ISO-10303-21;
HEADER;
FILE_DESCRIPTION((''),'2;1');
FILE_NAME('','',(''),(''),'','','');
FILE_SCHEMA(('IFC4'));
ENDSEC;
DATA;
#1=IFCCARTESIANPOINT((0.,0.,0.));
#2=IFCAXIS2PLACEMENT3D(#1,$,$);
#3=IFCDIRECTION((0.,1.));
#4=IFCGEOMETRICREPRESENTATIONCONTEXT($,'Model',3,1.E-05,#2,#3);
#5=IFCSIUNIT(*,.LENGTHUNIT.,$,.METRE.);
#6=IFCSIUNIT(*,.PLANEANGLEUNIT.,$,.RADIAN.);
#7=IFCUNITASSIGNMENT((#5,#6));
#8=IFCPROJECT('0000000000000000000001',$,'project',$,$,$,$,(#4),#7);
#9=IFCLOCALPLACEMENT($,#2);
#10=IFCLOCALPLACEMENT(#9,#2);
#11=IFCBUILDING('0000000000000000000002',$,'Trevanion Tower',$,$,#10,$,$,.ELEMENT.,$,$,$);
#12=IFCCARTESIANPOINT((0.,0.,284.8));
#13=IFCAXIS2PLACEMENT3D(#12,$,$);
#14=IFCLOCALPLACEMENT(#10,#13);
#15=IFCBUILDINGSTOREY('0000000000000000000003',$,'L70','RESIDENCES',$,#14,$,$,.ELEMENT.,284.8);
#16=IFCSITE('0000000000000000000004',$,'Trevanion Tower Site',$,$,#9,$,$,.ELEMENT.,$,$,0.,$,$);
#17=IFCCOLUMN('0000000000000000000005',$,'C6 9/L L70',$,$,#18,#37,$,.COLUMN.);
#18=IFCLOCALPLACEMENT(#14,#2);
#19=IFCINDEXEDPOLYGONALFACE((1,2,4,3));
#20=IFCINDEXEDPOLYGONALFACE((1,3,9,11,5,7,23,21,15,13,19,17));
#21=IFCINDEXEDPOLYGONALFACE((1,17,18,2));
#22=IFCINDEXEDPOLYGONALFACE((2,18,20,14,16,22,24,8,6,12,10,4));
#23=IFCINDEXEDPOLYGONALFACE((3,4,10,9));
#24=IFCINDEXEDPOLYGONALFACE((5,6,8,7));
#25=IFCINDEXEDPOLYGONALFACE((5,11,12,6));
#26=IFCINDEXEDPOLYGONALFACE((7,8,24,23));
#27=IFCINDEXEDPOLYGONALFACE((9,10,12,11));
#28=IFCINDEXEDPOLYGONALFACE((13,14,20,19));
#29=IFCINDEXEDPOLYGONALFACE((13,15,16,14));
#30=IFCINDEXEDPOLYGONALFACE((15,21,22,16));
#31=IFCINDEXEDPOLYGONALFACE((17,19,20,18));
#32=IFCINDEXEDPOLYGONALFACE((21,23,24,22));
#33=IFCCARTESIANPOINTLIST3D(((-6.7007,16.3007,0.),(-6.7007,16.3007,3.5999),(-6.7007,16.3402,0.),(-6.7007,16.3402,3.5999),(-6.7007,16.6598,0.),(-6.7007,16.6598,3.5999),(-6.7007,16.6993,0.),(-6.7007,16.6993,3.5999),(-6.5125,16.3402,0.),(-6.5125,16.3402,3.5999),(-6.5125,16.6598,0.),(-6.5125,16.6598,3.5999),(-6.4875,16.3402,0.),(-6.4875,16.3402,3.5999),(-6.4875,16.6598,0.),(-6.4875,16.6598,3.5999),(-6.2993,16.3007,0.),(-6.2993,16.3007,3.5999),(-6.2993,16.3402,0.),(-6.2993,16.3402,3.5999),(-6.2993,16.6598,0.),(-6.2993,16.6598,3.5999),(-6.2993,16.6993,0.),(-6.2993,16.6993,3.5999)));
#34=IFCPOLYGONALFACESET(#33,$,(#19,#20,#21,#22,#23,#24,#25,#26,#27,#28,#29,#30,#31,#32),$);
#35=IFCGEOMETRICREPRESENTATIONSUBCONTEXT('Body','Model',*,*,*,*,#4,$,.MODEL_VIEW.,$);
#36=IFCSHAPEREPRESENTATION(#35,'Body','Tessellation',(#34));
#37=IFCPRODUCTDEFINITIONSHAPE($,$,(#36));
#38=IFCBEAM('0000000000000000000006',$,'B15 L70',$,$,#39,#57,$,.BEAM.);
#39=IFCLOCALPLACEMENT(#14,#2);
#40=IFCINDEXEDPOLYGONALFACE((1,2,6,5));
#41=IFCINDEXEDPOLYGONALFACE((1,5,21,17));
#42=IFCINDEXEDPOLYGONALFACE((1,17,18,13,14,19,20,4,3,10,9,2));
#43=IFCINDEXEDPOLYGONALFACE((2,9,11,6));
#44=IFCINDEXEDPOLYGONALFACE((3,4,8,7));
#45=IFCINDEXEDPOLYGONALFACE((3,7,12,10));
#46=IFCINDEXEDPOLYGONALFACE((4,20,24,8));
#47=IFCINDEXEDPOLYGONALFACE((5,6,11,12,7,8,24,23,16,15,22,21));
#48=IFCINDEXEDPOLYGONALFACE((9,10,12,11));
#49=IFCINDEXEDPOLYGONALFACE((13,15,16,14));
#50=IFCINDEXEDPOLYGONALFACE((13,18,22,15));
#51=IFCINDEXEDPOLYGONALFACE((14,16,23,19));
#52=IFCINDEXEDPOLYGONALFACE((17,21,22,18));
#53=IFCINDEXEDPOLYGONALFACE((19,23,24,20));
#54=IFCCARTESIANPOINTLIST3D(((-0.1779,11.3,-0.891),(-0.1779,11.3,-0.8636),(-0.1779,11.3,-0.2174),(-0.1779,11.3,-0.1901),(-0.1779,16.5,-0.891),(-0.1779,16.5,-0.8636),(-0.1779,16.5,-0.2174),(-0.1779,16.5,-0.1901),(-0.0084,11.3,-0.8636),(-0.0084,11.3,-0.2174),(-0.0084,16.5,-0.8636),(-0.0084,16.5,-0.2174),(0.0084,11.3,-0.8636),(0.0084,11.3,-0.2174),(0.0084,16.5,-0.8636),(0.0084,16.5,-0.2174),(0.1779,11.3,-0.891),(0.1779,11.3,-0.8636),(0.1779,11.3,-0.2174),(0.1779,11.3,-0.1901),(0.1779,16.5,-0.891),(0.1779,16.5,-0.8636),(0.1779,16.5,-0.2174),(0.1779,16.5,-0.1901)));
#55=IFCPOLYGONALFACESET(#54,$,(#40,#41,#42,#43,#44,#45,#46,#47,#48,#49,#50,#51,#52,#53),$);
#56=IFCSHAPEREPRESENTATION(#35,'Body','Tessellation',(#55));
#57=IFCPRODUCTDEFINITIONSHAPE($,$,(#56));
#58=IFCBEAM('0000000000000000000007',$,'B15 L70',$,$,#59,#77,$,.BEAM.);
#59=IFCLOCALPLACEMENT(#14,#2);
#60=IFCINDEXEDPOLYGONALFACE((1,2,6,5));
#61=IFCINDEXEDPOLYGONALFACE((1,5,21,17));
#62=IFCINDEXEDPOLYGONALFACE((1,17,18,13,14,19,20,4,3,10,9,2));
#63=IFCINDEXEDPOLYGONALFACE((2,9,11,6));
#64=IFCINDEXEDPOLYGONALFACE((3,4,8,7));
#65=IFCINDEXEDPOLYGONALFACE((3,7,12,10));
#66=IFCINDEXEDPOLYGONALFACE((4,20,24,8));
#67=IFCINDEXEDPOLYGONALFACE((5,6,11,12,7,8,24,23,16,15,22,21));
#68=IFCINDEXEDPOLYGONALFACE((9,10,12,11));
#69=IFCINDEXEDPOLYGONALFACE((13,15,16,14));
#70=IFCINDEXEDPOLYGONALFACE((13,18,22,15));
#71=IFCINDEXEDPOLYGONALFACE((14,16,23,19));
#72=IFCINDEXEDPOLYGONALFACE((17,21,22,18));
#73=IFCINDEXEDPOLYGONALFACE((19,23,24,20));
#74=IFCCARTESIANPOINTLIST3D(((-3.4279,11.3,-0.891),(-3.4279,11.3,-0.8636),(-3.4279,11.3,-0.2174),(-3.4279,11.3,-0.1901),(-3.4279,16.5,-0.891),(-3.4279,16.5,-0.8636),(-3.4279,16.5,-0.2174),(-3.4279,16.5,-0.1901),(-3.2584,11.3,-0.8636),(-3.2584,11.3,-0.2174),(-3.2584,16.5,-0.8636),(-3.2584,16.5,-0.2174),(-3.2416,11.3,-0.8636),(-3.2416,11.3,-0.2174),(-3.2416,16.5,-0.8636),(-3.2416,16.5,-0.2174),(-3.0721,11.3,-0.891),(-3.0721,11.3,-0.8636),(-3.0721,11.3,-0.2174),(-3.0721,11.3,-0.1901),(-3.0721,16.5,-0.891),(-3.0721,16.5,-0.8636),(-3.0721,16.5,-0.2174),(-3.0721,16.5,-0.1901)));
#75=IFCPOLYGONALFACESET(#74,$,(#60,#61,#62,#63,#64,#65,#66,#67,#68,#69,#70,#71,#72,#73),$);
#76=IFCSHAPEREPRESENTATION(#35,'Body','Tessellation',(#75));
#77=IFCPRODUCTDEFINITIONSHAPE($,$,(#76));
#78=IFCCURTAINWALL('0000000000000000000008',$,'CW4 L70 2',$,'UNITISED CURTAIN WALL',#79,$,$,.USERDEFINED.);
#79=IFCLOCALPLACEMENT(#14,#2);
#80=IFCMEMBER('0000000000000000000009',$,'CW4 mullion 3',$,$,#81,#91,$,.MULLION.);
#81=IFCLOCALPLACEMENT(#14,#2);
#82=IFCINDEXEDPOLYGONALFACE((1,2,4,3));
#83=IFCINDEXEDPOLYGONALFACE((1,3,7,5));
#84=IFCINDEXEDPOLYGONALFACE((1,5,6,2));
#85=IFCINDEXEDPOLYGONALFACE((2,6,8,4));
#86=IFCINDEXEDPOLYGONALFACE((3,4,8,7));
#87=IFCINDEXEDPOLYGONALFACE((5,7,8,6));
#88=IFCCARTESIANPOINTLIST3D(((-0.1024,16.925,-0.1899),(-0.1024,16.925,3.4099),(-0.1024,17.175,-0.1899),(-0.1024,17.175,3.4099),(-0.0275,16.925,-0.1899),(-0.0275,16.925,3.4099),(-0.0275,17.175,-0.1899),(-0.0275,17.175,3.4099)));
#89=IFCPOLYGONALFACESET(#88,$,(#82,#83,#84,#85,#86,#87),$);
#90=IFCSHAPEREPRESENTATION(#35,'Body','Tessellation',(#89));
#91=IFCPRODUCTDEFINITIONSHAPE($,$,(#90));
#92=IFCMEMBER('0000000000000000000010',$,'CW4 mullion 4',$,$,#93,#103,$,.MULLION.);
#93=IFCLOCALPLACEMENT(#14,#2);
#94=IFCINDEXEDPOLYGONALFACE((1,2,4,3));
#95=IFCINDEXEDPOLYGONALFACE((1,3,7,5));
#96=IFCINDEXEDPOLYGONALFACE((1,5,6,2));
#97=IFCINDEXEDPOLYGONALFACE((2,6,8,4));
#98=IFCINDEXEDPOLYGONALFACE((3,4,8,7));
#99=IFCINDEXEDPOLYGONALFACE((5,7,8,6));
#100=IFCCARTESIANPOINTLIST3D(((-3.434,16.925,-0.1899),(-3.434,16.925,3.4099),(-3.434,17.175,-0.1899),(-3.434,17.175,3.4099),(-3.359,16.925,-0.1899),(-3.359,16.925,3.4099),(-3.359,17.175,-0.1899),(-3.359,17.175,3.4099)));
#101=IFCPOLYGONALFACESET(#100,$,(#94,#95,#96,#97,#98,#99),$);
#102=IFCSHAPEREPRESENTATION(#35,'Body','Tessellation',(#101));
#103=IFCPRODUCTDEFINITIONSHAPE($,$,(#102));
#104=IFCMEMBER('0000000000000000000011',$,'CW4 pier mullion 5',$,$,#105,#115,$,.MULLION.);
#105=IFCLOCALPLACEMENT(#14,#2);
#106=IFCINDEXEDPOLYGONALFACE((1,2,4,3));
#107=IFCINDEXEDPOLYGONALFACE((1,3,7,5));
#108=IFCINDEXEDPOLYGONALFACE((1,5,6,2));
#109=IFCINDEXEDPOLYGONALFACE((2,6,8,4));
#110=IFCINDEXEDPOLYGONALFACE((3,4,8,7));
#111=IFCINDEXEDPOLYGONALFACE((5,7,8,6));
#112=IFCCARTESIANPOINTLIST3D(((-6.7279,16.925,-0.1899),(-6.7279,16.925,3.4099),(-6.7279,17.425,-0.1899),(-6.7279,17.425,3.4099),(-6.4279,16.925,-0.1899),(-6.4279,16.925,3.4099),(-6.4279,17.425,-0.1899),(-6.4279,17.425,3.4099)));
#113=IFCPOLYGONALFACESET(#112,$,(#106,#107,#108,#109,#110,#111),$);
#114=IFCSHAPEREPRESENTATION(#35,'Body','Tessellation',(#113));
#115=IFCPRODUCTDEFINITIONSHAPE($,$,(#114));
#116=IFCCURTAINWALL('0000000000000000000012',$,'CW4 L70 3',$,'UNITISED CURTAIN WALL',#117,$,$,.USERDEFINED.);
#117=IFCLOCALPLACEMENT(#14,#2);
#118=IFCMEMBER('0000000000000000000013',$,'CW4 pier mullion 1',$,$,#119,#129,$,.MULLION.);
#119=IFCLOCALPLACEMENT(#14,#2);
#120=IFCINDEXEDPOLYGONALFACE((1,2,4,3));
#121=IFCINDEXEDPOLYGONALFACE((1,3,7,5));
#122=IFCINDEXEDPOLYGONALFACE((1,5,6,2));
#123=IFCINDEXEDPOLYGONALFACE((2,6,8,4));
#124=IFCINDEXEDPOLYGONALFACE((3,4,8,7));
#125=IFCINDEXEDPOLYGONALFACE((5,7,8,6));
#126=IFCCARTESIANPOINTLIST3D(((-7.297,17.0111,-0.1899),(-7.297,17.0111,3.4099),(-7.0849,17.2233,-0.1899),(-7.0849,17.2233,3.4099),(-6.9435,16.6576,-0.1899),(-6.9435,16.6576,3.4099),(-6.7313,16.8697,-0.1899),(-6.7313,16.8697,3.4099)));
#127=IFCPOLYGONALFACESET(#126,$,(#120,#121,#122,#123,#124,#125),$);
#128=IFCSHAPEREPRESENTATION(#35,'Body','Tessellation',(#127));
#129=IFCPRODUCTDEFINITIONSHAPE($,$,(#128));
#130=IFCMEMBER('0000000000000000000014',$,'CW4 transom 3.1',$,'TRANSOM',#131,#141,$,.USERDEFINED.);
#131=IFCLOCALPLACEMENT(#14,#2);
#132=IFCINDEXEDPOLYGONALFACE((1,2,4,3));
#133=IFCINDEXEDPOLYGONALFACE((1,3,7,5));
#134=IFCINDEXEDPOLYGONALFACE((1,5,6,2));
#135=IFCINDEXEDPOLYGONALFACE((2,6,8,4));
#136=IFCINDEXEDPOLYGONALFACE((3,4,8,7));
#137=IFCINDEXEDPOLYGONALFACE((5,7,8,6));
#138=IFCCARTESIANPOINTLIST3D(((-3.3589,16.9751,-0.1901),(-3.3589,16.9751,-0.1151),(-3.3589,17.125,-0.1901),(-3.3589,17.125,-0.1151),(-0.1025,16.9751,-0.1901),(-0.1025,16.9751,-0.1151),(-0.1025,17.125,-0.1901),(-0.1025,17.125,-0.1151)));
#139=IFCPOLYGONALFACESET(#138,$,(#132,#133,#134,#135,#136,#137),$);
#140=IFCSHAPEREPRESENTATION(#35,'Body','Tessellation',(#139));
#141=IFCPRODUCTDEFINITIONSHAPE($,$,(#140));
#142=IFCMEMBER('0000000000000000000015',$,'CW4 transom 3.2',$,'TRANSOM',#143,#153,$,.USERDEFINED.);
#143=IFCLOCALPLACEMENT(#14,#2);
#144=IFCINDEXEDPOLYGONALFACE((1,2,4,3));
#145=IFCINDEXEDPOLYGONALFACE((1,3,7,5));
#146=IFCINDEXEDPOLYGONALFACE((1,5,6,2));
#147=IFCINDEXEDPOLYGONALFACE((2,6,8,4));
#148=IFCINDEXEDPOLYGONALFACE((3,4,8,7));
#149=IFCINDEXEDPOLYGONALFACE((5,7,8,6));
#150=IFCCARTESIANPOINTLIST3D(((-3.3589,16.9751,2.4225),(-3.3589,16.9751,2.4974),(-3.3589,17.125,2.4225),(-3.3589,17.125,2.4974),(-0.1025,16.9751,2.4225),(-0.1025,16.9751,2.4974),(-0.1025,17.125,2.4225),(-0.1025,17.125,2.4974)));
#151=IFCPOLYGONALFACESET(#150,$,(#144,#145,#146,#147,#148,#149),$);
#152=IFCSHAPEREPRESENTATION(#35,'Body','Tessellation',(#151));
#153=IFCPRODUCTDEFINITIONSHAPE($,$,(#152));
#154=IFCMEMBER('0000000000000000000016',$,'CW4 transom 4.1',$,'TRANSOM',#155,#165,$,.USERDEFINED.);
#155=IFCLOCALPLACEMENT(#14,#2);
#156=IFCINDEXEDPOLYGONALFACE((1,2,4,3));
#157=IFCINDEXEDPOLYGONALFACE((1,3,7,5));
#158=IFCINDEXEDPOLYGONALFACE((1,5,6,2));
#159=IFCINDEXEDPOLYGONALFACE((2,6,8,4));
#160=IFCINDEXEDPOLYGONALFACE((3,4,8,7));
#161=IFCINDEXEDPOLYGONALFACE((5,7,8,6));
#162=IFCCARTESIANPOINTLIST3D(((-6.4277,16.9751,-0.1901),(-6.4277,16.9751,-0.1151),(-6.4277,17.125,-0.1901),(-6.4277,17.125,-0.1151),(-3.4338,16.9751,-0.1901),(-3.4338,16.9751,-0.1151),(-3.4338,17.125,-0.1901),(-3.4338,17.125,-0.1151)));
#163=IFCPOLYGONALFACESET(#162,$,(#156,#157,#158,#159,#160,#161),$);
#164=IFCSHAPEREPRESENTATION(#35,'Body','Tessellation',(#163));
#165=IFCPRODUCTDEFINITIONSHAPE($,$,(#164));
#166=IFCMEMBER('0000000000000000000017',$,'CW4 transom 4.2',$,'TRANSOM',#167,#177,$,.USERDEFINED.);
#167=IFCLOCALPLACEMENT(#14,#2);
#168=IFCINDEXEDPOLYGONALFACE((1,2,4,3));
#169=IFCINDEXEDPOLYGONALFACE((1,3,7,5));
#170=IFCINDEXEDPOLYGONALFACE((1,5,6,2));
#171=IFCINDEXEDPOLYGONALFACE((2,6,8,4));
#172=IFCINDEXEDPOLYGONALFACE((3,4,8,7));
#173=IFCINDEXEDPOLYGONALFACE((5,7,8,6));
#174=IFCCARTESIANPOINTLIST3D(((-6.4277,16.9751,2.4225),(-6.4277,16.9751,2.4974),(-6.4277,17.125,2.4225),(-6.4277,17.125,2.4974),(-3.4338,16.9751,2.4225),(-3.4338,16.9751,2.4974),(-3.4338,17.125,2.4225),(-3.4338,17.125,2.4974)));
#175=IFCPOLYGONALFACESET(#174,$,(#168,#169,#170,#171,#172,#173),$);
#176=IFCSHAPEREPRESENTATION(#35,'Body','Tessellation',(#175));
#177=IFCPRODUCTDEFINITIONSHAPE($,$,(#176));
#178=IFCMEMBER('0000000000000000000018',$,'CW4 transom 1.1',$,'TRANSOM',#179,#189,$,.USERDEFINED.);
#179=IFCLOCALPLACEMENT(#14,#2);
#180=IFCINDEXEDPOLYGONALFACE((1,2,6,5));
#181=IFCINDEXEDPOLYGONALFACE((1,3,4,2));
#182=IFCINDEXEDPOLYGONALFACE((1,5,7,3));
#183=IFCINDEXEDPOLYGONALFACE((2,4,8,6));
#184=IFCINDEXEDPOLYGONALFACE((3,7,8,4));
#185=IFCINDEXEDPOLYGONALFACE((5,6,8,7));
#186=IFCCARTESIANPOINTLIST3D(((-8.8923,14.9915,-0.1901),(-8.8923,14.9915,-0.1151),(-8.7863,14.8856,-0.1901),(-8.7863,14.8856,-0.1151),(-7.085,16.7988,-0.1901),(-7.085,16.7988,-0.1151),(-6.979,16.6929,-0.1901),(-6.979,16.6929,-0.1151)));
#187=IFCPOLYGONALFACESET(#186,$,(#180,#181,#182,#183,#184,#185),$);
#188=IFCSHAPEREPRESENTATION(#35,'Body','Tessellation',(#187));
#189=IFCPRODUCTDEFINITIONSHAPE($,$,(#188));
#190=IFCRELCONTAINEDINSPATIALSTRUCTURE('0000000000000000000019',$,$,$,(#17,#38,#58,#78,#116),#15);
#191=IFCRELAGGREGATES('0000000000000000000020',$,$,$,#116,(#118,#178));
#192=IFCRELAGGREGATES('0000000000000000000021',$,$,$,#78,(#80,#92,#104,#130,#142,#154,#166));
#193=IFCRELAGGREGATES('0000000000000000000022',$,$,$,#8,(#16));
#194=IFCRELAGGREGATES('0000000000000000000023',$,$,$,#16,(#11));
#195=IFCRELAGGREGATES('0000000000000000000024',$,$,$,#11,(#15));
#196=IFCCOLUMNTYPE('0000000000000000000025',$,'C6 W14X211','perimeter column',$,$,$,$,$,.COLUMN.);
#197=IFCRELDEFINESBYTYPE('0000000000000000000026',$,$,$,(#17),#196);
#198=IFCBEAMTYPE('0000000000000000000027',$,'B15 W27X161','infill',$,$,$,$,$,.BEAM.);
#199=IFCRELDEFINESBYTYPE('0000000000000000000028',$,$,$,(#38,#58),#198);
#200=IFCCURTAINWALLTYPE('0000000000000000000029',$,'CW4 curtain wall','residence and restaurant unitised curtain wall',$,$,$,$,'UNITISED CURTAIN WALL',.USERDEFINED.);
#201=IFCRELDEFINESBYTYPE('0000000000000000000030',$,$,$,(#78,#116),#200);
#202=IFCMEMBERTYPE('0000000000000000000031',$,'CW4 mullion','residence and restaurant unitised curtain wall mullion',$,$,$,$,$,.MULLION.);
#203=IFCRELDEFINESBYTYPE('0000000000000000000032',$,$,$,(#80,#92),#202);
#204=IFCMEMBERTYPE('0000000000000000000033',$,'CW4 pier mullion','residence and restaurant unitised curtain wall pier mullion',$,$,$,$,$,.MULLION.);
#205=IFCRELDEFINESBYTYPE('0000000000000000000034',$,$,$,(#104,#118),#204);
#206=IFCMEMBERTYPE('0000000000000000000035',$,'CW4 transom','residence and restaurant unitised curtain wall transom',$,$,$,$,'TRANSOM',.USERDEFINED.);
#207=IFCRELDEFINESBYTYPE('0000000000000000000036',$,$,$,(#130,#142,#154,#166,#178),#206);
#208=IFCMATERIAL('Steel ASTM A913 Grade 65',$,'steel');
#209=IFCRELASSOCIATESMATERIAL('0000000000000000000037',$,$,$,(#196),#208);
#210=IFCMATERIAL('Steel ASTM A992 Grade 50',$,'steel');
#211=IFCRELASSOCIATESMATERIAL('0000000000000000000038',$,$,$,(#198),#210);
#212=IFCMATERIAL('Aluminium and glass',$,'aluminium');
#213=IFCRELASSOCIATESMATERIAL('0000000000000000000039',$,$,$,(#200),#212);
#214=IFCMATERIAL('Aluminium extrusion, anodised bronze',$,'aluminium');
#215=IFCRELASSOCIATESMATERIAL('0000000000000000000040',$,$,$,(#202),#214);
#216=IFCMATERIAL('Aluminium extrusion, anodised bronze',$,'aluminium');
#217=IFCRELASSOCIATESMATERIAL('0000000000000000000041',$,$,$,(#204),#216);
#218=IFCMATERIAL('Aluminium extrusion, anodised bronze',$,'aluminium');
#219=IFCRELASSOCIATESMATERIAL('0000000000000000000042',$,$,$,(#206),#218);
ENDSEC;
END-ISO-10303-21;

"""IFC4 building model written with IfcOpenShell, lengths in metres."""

from ifc_helpers import new_model, si_unit, direction, frame, origin, origin_2d, place, context, subcontext, project, spatial, rectangle, i_section, extrude, material, material_profile, profile_set, type_object, element, aggregate, save


model = new_model("IFC4")

# Units and contexts
model_context = context("Model", 3, precision=1e-05, world=origin(), true_north=direction((0.0, 1.0)))
body_context = subcontext(model_context, "Body", "Model", "MODEL_VIEW")
ifc_project = project(units=[si_unit("LENGTHUNIT", "METRE"), si_unit("PLANEANGLEUNIT", "RADIAN")], contexts=[model_context])

# Site, building, storey
site_placement = place(None, origin())
site = spatial("IfcSite", under=ifc_project, at=site_placement, Name="Trevanion Tower Site", CompositionType="ELEMENT", RefElevation=0.0)
building_placement = place(site_placement, origin())
building = spatial("IfcBuilding", under=site, at=building_placement, Name="Trevanion Tower", CompositionType="ELEMENT")
storey_placement = place(building_placement, frame((0.0, 0.0, 284.8)))
storey = spatial("IfcBuildingStorey", under=building, at=storey_placement, Name="L70", Description="RESIDENCES", CompositionType="ELEMENT", Elevation=284.8)

# Column
ifc_material_1 = material(Name="Steel ASTM A913 Grade 65", Category="steel")
ifc_material_profile_1 = material_profile(ifc_material_1, i_section(OverallWidth=0.4014, OverallDepth=0.3987, WebThickness=0.0249, FlangeThickness=0.0396, at=origin_2d()), Name="W14X211")
ifc_profile_set_1 = profile_set([ifc_material_profile_1], Name="Steel ASTM A913 Grade 65")
column_type = type_object("IfcColumnType", Name="C6 W14X211", Description="perimeter column", PredefinedType="COLUMN", material=ifc_profile_set_1)
column_placement = place(storey_placement, frame((-6.5, 16.5, 0.0), z_axis=(0.0, 0.0, 1.0), x_axis=(1.0, 0.0, 0.0)))
element("IfcColumn", 1, at=column_placement, inside=storey, type_object=column_type, Name="C6 9/L L70", PredefinedType="COLUMN", context=body_context, shape_type="SweptSolid", body=[
    extrude(i_section(OverallWidth=0.4014, OverallDepth=0.3987, WebThickness=0.0249, FlangeThickness=0.0396, at=origin_2d()), origin(), (0.0, 0.0, 1.0), 3.5999),
])

# Beams
ifc_material_2 = material(Name="Steel ASTM A992 Grade 50", Category="steel")
ifc_material_profile_2 = material_profile(ifc_material_2, i_section(OverallWidth=0.3557, OverallDepth=0.7009, WebThickness=0.0168, FlangeThickness=0.0273, at=origin_2d()), Name="W27X161")
ifc_profile_set_2 = profile_set([ifc_material_profile_2], Name="Steel ASTM A992 Grade 50")
beam_type_1 = type_object("IfcBeamType", Name="B15 W27X161", Description="infill", PredefinedType="BEAM", material=ifc_profile_set_2)
for number, where, z_axis, x_axis, name in (
    (2, (0.0, 11.3, -0.5405), (0.0, 1.0, 0.0), (-1.0, 0.0, 0.0), "B15 L70"),
    (3, (-3.25, 11.3, -0.5405), (0.0, 1.0, 0.0), (-1.0, 0.0, 0.0), "B15 L70"),
):
    element("IfcBeam", number, at=place(storey_placement, frame(where, z_axis=z_axis, x_axis=x_axis)), inside=storey, type_object=beam_type_1, Name=name, PredefinedType="BEAM", context=body_context, shape_type="SweptSolid", body=[
        extrude(i_section(OverallWidth=0.3557, OverallDepth=0.7009, WebThickness=0.0168, FlangeThickness=0.0273, at=origin_2d()), origin(), (0.0, 0.0, 1.0), 5.2),
    ])

# Curtain wall, members
ifc_material_3 = material(Name="Aluminium and glass", Category="aluminium")
curtain_wall_type = type_object("IfcCurtainWallType", Name="CW4 curtain wall", Description="residence and restaurant unitised curtain wall", ElementType="UNITISED CURTAIN WALL", PredefinedType="USERDEFINED", material=ifc_material_3)
curtain_wall_1_placement = place(storey_placement, origin())
curtain_wall_1 = element("IfcCurtainWall", 4, at=curtain_wall_1_placement, inside=storey, type_object=curtain_wall_type, Name="CW4 L70 2", ObjectType="UNITISED CURTAIN WALL", PredefinedType="USERDEFINED")
ifc_material_4 = material(Name="Aluminium extrusion, anodised bronze", Category="aluminium")
ifc_material_profile_3 = material_profile(ifc_material_4, rectangle(XDim=0.075, YDim=0.25, at=origin_2d()), Name="CW4 mullion")
ifc_profile_set_3 = profile_set([ifc_material_profile_3], Name="Aluminium extrusion, anodised bronze")
member_type_1 = type_object("IfcMemberType", Name="CW4 mullion", Description="residence and restaurant unitised curtain wall mullion", PredefinedType="MULLION", material=ifc_profile_set_3)
member_1_placement = place(storey_placement, frame((-0.0649, 17.05, -0.1899), z_axis=(0.0, 0.0, 1.0), x_axis=(-1.0, 0.0, 0.0)))
member_1 = element("IfcMember", 5, at=member_1_placement, type_object=member_type_1, Name="CW4 mullion 3", PredefinedType="MULLION", context=body_context, shape_type="SweptSolid", body=[
    extrude(rectangle(XDim=0.075, YDim=0.25, at=origin_2d()), origin(), (0.0, 0.0, 1.0), 3.5999),
])
member_2_placement = place(storey_placement, frame((-3.3965, 17.05, -0.1899), z_axis=(0.0, 0.0, 1.0), x_axis=(-1.0, 0.0, 0.0)))
member_2 = element("IfcMember", 6, at=member_2_placement, type_object=member_type_1, Name="CW4 mullion 4", PredefinedType="MULLION", context=body_context, shape_type="SweptSolid", body=[
    extrude(rectangle(XDim=0.075, YDim=0.25, at=origin_2d()), origin(), (0.0, 0.0, 1.0), 3.5999),
])
ifc_material_5 = material(Name="Aluminium extrusion, anodised bronze", Category="aluminium")
ifc_material_profile_4 = material_profile(ifc_material_5, rectangle(XDim=0.3, YDim=0.5, at=origin_2d()), Name="CW4 pier mullion")
ifc_profile_set_4 = profile_set([ifc_material_profile_4], Name="Aluminium extrusion, anodised bronze")
member_type_2 = type_object("IfcMemberType", Name="CW4 pier mullion", Description="residence and restaurant unitised curtain wall pier mullion", PredefinedType="MULLION", material=ifc_profile_set_4)
member_3_placement = place(storey_placement, frame((-6.5779, 17.175, -0.1899), z_axis=(0.0, 0.0, 1.0), x_axis=(-1.0, 0.0, 0.0)))
member_3 = element("IfcMember", 7, at=member_3_placement, type_object=member_type_2, Name="CW4 pier mullion 5", PredefinedType="MULLION", context=body_context, shape_type="SweptSolid", body=[
    extrude(rectangle(XDim=0.3, YDim=0.5, at=origin_2d()), origin(), (0.0, 0.0, 1.0), 3.5999),
])

# Curtain wall, member
curtain_wall_2_placement = place(storey_placement, origin())
curtain_wall_2 = element("IfcCurtainWall", 8, at=curtain_wall_2_placement, inside=storey, type_object=curtain_wall_type, Name="CW4 L70 3", ObjectType="UNITISED CURTAIN WALL", PredefinedType="USERDEFINED")
member_4_placement = place(storey_placement, frame((-7.0142, 16.9404, -0.1899), z_axis=(0.0, 0.0, 1.0), x_axis=(-0.707107, -0.707107, 0.0)))
member_4 = element("IfcMember", 9, at=member_4_placement, type_object=member_type_2, Name="CW4 pier mullion 1", PredefinedType="MULLION", context=body_context, shape_type="SweptSolid", body=[
    extrude(rectangle(XDim=0.3, YDim=0.5, at=origin_2d()), origin(), (0.0, 0.0, 1.0), 3.5999),
])

# Members
ifc_material_6 = material(Name="Aluminium extrusion, anodised bronze", Category="aluminium")
ifc_material_profile_5 = material_profile(ifc_material_6, rectangle(XDim=0.1499, YDim=0.075, at=origin_2d()), Name="CW4 transom")
ifc_profile_set_5 = profile_set([ifc_material_profile_5], Name="Aluminium extrusion, anodised bronze")
member_type_3 = type_object("IfcMemberType", Name="CW4 transom", Description="residence and restaurant unitised curtain wall transom", ElementType="TRANSOM", PredefinedType="USERDEFINED", material=ifc_profile_set_5)
member_5_placement = place(storey_placement, frame((-0.1025, 17.05, -0.1526), z_axis=(-1.0, 0.0, 0.0), x_axis=(0.0, -1.0, 0.0)))
member_5 = element("IfcMember", 10, at=member_5_placement, type_object=member_type_3, Name="CW4 transom 3.1", ObjectType="TRANSOM", PredefinedType="USERDEFINED", context=body_context, shape_type="SweptSolid", body=[
    extrude(rectangle(XDim=0.1499, YDim=0.075, at=origin_2d()), origin(), (0.0, 0.0, 1.0), 3.2563),
])
member_6_placement = place(storey_placement, frame((-0.1025, 17.05, 2.46), z_axis=(-1.0, 0.0, 0.0), x_axis=(0.0, -1.0, 0.0)))
member_6 = element("IfcMember", 11, at=member_6_placement, type_object=member_type_3, Name="CW4 transom 3.2", ObjectType="TRANSOM", PredefinedType="USERDEFINED", context=body_context, shape_type="SweptSolid", body=[
    extrude(rectangle(XDim=0.1499, YDim=0.075, at=origin_2d()), origin(), (0.0, 0.0, 1.0), 3.2563),
])
member_7_placement = place(storey_placement, frame((-3.4338, 17.05, -0.1526), z_axis=(-1.0, 0.0, 0.0), x_axis=(0.0, -1.0, 0.0)))
member_7 = element("IfcMember", 12, at=member_7_placement, type_object=member_type_3, Name="CW4 transom 4.1", ObjectType="TRANSOM", PredefinedType="USERDEFINED", context=body_context, shape_type="SweptSolid", body=[
    extrude(rectangle(XDim=0.1499, YDim=0.075, at=origin_2d()), origin(), (0.0, 0.0, 1.0), 2.9939),
])
member_8_placement = place(storey_placement, frame((-3.4338, 17.05, 2.46), z_axis=(-1.0, 0.0, 0.0), x_axis=(0.0, -1.0, 0.0)))
member_8 = element("IfcMember", 13, at=member_8_placement, type_object=member_type_3, Name="CW4 transom 4.2", ObjectType="TRANSOM", PredefinedType="USERDEFINED", context=body_context, shape_type="SweptSolid", body=[
    extrude(rectangle(XDim=0.1499, YDim=0.075, at=origin_2d()), origin(), (0.0, 0.0, 1.0), 2.9939),
])
member_9_placement = place(storey_placement, frame((-7.032, 16.7458, -0.1526), z_axis=(-0.707107, -0.707107, 0.0), x_axis=(0.707107, -0.707107, 0.0)))
member_9 = element("IfcMember", 14, at=member_9_placement, type_object=member_type_3, Name="CW4 transom 1.1", ObjectType="TRANSOM", PredefinedType="USERDEFINED", context=body_context, shape_type="SweptSolid", body=[
    extrude(rectangle(XDim=0.1499, YDim=0.075, at=origin_2d()), origin(), (0.0, 0.0, 1.0), 2.5559),
])
aggregate(curtain_wall_2, [member_4, member_9])

aggregate(curtain_wall_1, [member_1, member_2, member_3, member_5, member_6, member_7, member_8])

save(model, "model.ifc")
